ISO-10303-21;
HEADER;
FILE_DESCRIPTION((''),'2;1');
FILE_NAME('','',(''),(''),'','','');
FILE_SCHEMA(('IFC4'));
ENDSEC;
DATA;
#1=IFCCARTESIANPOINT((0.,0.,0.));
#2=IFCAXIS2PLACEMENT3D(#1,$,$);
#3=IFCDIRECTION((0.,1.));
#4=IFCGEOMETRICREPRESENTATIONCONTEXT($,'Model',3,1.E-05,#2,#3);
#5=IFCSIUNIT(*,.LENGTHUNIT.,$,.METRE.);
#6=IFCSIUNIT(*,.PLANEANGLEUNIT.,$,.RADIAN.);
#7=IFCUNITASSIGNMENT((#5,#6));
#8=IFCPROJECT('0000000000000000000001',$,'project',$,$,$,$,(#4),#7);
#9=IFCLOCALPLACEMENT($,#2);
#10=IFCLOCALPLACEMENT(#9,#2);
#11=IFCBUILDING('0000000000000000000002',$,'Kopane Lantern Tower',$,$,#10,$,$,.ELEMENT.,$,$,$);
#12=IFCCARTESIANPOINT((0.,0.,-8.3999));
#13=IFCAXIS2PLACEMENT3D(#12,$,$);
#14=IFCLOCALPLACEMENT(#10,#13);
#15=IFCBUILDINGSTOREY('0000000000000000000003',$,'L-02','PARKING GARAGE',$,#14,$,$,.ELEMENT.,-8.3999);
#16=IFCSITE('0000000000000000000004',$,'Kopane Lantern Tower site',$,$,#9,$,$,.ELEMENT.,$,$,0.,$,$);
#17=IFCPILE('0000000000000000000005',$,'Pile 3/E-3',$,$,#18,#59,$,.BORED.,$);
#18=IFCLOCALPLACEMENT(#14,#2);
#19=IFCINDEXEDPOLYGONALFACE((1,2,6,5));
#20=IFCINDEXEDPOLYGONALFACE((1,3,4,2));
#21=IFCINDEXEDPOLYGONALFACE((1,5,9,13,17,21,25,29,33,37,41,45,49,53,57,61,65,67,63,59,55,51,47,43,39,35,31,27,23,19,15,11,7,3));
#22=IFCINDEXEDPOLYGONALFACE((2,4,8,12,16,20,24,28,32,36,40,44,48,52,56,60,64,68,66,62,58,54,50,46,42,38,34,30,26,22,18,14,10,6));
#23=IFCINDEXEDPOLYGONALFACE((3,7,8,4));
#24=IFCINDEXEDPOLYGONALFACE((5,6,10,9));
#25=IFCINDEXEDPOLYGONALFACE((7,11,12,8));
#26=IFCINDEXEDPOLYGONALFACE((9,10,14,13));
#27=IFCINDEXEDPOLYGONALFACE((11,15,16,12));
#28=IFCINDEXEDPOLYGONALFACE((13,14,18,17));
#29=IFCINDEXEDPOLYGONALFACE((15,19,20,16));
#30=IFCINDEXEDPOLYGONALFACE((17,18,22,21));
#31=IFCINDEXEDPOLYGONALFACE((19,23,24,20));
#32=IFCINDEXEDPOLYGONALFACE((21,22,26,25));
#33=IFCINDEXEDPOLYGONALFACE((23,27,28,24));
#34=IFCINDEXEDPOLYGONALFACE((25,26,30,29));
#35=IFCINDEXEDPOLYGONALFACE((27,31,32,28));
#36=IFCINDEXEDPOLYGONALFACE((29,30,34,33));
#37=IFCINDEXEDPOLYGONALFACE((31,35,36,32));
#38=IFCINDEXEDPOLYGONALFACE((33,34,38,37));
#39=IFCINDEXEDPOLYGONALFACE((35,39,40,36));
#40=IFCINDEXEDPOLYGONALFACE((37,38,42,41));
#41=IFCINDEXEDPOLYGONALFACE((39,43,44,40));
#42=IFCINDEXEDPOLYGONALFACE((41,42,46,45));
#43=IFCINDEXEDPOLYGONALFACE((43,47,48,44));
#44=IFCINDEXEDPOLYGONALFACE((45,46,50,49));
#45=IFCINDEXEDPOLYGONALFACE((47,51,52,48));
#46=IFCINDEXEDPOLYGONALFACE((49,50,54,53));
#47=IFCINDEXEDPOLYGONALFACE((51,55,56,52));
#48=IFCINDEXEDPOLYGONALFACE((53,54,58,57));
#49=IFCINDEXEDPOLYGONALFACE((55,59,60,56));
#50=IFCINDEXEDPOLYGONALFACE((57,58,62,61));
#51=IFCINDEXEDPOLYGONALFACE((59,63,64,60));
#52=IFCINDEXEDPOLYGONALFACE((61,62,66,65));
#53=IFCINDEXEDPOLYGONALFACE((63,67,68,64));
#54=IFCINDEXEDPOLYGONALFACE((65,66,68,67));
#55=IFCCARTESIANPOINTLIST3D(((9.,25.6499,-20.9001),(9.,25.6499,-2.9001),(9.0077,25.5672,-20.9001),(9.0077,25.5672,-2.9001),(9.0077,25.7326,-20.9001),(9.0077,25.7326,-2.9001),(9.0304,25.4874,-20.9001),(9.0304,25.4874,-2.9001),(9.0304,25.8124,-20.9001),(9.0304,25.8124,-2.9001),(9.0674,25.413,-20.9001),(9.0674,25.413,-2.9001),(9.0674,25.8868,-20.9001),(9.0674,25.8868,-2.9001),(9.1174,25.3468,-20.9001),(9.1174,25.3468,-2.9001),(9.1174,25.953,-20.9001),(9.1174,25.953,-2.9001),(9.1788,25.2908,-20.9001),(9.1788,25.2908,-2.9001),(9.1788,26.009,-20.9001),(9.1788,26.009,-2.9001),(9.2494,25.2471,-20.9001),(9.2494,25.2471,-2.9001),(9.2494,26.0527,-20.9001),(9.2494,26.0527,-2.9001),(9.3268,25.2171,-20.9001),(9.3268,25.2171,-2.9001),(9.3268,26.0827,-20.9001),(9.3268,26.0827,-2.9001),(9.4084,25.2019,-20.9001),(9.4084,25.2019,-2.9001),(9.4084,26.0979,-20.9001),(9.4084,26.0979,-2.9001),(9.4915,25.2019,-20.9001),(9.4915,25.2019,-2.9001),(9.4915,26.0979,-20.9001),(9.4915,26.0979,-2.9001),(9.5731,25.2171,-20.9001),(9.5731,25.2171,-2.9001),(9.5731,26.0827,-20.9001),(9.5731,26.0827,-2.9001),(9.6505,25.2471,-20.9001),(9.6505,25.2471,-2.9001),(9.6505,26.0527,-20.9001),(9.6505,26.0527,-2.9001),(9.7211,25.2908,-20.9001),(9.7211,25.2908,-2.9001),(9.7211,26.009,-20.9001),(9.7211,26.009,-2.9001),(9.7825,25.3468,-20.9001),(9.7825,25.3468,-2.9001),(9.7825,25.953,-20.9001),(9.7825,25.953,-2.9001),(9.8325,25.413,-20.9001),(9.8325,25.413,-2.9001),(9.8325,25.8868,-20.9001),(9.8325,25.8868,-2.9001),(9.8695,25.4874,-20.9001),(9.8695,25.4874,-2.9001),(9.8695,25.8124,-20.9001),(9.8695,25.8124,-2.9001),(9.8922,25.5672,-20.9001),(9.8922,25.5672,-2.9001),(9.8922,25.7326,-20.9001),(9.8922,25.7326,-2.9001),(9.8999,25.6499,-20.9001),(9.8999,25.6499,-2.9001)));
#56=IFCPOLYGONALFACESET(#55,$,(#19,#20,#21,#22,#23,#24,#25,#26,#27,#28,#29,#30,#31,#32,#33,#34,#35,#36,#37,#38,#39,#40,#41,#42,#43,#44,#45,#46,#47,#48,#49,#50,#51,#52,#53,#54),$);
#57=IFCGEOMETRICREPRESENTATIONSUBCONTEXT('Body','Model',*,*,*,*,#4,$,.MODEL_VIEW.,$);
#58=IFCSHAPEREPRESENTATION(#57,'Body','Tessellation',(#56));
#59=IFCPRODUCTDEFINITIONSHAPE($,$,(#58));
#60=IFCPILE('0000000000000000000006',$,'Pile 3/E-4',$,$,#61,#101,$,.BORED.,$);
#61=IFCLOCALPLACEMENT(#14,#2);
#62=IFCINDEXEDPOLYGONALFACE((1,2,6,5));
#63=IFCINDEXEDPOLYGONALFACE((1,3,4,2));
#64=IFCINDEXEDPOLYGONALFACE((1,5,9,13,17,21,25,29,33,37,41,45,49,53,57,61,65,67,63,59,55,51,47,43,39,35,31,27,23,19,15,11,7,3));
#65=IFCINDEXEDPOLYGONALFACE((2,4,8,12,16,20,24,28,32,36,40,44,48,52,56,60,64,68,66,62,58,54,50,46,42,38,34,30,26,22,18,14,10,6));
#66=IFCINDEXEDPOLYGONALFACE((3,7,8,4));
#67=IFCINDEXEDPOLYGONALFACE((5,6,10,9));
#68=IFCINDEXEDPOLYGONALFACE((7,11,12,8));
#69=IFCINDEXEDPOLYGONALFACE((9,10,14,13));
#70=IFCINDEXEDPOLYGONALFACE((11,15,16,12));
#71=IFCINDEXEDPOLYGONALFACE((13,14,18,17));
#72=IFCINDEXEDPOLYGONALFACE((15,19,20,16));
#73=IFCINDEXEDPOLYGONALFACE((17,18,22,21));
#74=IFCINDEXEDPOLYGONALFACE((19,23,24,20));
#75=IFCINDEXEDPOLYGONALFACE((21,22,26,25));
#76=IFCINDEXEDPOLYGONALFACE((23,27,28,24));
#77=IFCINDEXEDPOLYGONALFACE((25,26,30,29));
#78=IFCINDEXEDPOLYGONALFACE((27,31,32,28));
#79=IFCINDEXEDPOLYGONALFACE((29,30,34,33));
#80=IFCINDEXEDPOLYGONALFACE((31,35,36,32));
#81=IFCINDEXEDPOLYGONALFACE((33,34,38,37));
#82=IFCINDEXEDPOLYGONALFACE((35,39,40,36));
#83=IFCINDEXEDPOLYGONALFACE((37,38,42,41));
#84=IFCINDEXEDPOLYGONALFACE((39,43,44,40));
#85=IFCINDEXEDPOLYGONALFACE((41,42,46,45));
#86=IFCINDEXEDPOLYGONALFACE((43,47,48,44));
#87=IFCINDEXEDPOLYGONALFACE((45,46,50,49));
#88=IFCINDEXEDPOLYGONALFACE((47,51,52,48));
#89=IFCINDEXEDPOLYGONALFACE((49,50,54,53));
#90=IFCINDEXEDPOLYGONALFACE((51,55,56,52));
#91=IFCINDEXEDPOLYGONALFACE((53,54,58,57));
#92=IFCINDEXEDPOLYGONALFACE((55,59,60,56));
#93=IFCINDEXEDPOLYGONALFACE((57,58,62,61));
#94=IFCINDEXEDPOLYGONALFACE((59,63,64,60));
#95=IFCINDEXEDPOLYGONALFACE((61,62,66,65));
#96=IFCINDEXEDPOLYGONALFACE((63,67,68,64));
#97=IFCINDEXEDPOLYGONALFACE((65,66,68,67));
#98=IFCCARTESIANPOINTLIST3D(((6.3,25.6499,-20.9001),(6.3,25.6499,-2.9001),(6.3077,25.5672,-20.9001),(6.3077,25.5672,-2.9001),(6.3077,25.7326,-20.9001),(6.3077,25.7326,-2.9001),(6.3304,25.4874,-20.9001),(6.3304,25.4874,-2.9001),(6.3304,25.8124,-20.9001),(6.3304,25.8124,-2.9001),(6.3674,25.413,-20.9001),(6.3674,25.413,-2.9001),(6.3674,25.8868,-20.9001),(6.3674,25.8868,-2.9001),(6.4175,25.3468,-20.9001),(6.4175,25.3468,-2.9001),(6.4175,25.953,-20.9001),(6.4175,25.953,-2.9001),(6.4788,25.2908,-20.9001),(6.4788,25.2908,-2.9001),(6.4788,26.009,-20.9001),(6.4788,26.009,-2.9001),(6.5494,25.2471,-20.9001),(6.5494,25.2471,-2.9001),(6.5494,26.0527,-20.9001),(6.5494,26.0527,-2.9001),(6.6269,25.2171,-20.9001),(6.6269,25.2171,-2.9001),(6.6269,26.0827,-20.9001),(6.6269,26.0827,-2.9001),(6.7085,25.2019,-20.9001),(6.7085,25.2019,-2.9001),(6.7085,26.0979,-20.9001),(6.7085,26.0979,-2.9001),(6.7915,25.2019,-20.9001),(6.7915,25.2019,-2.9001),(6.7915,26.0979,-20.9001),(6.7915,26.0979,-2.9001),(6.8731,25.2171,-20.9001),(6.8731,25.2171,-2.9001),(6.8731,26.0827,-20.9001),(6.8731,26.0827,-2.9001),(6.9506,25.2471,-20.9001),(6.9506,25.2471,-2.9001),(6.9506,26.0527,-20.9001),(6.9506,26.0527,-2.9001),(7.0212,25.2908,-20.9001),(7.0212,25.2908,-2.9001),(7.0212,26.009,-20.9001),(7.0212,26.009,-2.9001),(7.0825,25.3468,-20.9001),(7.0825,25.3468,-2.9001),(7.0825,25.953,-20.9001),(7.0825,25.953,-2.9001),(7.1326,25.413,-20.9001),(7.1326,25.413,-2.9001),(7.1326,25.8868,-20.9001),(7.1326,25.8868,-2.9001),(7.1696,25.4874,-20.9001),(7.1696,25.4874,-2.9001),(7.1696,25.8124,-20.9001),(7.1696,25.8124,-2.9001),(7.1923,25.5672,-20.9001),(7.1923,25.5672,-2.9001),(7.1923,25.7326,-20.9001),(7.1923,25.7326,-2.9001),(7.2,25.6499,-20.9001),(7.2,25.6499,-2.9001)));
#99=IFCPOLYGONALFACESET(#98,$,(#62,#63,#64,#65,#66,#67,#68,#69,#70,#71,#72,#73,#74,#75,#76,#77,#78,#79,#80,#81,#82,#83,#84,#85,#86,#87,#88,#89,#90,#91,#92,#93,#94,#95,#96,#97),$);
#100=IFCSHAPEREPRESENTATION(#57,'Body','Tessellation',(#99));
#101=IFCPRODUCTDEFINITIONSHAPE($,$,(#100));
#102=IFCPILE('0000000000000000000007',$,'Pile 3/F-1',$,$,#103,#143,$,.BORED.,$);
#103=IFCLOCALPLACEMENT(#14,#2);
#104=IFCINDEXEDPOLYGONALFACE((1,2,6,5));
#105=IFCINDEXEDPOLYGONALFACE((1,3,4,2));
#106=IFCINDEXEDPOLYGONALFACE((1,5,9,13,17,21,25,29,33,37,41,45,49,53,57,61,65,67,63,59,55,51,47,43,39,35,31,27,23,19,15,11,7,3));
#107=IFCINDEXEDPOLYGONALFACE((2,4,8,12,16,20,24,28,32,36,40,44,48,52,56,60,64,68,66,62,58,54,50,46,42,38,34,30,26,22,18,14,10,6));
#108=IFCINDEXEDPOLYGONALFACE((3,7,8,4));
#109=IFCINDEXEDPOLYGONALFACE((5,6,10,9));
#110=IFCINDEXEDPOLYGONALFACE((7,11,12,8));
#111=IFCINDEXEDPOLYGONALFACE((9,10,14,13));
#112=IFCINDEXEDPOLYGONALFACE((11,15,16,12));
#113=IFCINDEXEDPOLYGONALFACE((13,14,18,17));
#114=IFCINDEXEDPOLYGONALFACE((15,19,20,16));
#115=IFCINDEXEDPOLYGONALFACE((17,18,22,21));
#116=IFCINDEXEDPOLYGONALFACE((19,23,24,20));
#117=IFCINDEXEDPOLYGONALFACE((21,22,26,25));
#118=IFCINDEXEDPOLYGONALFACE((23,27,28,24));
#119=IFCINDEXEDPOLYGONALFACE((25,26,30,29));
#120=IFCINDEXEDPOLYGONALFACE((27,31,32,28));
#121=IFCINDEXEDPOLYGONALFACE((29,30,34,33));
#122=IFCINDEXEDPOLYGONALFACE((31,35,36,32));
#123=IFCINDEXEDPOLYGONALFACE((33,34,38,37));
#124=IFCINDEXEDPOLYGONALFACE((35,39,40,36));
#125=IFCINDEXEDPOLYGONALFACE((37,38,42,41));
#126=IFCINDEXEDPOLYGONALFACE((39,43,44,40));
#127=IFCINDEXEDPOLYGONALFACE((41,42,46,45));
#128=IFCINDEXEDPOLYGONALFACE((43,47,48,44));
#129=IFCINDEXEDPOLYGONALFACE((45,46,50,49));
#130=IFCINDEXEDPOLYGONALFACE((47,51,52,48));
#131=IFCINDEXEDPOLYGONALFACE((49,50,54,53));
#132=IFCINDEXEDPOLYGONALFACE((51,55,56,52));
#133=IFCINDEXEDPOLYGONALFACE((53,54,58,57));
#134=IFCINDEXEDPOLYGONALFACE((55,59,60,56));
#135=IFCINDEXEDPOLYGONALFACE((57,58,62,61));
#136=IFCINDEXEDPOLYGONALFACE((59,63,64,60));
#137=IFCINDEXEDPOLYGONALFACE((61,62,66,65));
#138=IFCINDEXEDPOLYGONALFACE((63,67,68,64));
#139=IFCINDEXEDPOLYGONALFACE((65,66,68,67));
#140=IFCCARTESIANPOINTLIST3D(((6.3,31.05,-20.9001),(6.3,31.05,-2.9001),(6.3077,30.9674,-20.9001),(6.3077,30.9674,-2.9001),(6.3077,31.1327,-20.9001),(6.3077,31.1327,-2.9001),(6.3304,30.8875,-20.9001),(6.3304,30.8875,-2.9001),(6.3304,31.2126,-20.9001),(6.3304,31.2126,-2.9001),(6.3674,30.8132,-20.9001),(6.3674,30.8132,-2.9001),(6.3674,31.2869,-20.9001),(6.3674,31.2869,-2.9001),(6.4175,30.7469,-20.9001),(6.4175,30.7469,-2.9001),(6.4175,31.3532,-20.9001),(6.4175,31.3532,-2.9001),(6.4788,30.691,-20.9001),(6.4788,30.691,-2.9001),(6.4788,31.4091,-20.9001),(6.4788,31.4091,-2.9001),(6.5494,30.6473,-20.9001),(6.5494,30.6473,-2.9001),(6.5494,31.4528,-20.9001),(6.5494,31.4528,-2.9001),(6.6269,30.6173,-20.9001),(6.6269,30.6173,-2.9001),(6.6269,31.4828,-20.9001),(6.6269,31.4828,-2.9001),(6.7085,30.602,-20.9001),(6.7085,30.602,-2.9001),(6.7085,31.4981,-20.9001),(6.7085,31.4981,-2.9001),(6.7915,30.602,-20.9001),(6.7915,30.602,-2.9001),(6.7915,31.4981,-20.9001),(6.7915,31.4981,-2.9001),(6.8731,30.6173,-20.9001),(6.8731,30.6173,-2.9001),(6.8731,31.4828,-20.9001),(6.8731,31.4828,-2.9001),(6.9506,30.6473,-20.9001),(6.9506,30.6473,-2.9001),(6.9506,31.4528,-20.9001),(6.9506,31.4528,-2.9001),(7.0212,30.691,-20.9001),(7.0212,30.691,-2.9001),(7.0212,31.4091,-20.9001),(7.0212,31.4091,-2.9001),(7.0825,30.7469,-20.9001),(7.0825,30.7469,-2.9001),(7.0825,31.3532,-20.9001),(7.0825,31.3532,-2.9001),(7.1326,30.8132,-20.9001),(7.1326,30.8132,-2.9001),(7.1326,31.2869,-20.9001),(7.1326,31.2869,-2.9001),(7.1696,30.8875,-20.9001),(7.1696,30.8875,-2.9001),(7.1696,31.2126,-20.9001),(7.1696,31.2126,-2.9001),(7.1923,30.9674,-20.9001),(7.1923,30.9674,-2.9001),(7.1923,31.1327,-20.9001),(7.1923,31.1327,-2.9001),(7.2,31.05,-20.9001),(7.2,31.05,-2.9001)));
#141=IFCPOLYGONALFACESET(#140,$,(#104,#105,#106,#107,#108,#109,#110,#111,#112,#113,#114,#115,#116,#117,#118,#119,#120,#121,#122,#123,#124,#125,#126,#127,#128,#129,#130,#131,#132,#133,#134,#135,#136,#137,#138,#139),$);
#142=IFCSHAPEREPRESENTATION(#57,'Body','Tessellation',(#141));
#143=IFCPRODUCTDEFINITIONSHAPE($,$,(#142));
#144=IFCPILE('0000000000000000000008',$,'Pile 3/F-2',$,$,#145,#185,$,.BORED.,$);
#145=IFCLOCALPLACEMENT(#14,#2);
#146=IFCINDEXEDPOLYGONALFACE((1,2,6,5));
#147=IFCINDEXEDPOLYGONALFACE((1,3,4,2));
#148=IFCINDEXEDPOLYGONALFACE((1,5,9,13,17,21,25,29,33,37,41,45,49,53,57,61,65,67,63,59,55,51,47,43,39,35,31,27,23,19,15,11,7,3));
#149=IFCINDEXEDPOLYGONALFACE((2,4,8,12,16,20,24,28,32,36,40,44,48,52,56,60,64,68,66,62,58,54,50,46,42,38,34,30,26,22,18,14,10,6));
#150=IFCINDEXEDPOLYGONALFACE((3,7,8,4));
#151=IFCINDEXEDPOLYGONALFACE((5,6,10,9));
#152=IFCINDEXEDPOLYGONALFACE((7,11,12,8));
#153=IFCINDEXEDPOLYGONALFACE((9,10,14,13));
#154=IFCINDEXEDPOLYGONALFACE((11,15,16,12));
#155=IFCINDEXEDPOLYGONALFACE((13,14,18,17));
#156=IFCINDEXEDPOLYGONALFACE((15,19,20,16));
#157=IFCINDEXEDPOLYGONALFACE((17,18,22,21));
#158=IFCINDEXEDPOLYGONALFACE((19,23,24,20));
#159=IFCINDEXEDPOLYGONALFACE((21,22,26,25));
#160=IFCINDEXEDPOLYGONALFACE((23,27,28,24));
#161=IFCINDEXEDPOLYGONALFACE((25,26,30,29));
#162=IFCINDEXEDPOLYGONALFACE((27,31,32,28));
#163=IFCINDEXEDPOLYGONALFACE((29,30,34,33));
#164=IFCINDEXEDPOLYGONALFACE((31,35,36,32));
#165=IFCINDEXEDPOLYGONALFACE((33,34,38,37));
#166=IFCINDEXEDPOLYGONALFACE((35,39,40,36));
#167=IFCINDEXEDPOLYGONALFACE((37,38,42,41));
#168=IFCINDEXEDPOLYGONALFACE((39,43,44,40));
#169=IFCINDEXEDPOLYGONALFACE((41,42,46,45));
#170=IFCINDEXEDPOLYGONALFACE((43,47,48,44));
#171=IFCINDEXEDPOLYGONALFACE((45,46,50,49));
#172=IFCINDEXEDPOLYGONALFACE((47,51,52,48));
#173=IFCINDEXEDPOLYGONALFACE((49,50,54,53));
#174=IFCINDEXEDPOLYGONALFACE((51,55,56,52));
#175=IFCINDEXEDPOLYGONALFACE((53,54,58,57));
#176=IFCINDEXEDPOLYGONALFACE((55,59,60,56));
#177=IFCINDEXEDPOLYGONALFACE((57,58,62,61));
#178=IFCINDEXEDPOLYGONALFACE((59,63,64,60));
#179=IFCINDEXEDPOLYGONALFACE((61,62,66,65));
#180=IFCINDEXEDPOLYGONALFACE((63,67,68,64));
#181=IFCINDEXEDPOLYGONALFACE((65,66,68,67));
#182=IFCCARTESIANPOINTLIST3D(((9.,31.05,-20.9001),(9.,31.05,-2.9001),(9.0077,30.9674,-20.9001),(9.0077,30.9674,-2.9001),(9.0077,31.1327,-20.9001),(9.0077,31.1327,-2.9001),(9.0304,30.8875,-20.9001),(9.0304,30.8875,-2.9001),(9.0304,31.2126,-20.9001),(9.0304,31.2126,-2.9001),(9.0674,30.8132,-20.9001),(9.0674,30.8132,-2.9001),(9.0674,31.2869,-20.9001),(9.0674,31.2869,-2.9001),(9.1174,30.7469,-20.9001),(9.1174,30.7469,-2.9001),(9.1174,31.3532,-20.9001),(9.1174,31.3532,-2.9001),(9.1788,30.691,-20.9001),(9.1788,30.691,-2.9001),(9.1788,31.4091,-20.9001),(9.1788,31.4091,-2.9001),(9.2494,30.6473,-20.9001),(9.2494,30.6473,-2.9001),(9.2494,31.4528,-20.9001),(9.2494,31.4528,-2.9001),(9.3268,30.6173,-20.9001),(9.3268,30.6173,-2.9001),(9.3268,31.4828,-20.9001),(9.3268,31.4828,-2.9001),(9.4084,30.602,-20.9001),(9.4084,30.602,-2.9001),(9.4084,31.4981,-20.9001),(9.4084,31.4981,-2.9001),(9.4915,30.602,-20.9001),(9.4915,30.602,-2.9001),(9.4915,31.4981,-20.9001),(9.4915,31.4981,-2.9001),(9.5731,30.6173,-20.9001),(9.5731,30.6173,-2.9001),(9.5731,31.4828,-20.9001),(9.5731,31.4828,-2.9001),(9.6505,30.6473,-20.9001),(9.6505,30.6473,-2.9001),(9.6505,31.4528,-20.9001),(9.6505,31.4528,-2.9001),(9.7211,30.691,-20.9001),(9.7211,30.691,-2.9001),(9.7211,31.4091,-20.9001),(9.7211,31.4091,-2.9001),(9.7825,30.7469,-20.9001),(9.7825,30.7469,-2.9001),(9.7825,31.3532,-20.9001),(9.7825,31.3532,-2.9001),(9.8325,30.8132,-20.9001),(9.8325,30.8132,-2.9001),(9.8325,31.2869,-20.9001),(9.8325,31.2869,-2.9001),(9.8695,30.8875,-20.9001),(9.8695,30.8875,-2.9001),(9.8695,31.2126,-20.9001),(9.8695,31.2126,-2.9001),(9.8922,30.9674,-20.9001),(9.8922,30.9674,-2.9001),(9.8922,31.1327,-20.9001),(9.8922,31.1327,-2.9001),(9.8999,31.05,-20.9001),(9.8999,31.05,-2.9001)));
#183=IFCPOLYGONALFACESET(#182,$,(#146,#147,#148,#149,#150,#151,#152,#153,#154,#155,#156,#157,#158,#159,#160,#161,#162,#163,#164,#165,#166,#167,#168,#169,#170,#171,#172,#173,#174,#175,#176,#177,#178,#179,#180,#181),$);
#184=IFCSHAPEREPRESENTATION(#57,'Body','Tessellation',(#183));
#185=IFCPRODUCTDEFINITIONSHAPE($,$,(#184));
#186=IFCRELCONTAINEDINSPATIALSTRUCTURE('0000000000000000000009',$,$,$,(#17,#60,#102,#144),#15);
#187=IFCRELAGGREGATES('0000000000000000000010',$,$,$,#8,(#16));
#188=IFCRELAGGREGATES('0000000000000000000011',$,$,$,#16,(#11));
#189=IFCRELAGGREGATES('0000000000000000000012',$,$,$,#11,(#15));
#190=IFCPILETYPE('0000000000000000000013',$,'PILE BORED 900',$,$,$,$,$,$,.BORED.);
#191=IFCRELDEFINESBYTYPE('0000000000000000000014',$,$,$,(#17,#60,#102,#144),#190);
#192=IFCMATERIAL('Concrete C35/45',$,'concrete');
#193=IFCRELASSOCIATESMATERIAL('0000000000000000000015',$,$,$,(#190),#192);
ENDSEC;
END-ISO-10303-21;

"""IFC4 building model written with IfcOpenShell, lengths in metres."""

from ifc_helpers import new_model, si_unit, direction, frame, origin, origin_2d, place, context, subcontext, project, spatial, circle, extrude, material, material_profile, profile_set, type_object, element, save


model = new_model("IFC4")

# Units and contexts
model_context = context("Model", 3, precision=1e-05, world=origin(), true_north=direction((0.0, 1.0)))
body_context = subcontext(model_context, "Body", "Model", "MODEL_VIEW")
ifc_project = project(units=[si_unit("LENGTHUNIT", "METRE"), si_unit("PLANEANGLEUNIT", "RADIAN")], contexts=[model_context])

# Site, building, storey
site_placement = place(None, origin())
site = spatial("IfcSite", under=ifc_project, at=site_placement, Name="Kopane Lantern Tower site", CompositionType="ELEMENT", RefElevation=0.0)
building_placement = place(site_placement, origin())
building = spatial("IfcBuilding", under=site, at=building_placement, Name="Kopane Lantern Tower", CompositionType="ELEMENT")
storey_placement = place(building_placement, frame((0.0, 0.0, -8.3999)))
storey = spatial("IfcBuildingStorey", under=building, at=storey_placement, Name="L-02", Description="PARKING GARAGE", CompositionType="ELEMENT", Elevation=-8.3999)

# Piles
ifc_material_1 = material(Name="Concrete C35/45", Category="concrete")
ifc_material_profile_1 = material_profile(ifc_material_1, circle(Radius=0.45, at=origin_2d()), Name="D900")
ifc_profile_set_1 = profile_set([ifc_material_profile_1], Name="Concrete C35/45")
pile_type_1 = type_object("IfcPileType", Name="PILE BORED 900", PredefinedType="BORED", material=ifc_profile_set_1)
for number, where, z_axis, x_axis, name in (
    (1, (9.45, 25.6499, -2.9001), (0.0, 0.0, -1.0), (1.0, 0.0, 0.0), "Pile 3/E-3"),
    (2, (6.75, 25.6499, -2.9001), (0.0, 0.0, -1.0), (1.0, 0.0, 0.0), "Pile 3/E-4"),
    (3, (6.75, 31.05, -2.9001), (0.0, 0.0, -1.0), (1.0, 0.0, 0.0), "Pile 3/F-1"),
    (4, (9.45, 31.05, -2.9001), (0.0, 0.0, -1.0), (1.0, 0.0, 0.0), "Pile 3/F-2"),
):
    element("IfcPile", number, at=place(storey_placement, frame(where, z_axis=z_axis, x_axis=x_axis)), inside=storey, type_object=pile_type_1, Name=name, PredefinedType="BORED", context=body_context, shape_type="SweptSolid", body=[
        extrude(circle(Radius=0.45, at=origin_2d()), origin(), (0.0, 0.0, 1.0), 18.0),
    ])

save(model, "model.ifc")
